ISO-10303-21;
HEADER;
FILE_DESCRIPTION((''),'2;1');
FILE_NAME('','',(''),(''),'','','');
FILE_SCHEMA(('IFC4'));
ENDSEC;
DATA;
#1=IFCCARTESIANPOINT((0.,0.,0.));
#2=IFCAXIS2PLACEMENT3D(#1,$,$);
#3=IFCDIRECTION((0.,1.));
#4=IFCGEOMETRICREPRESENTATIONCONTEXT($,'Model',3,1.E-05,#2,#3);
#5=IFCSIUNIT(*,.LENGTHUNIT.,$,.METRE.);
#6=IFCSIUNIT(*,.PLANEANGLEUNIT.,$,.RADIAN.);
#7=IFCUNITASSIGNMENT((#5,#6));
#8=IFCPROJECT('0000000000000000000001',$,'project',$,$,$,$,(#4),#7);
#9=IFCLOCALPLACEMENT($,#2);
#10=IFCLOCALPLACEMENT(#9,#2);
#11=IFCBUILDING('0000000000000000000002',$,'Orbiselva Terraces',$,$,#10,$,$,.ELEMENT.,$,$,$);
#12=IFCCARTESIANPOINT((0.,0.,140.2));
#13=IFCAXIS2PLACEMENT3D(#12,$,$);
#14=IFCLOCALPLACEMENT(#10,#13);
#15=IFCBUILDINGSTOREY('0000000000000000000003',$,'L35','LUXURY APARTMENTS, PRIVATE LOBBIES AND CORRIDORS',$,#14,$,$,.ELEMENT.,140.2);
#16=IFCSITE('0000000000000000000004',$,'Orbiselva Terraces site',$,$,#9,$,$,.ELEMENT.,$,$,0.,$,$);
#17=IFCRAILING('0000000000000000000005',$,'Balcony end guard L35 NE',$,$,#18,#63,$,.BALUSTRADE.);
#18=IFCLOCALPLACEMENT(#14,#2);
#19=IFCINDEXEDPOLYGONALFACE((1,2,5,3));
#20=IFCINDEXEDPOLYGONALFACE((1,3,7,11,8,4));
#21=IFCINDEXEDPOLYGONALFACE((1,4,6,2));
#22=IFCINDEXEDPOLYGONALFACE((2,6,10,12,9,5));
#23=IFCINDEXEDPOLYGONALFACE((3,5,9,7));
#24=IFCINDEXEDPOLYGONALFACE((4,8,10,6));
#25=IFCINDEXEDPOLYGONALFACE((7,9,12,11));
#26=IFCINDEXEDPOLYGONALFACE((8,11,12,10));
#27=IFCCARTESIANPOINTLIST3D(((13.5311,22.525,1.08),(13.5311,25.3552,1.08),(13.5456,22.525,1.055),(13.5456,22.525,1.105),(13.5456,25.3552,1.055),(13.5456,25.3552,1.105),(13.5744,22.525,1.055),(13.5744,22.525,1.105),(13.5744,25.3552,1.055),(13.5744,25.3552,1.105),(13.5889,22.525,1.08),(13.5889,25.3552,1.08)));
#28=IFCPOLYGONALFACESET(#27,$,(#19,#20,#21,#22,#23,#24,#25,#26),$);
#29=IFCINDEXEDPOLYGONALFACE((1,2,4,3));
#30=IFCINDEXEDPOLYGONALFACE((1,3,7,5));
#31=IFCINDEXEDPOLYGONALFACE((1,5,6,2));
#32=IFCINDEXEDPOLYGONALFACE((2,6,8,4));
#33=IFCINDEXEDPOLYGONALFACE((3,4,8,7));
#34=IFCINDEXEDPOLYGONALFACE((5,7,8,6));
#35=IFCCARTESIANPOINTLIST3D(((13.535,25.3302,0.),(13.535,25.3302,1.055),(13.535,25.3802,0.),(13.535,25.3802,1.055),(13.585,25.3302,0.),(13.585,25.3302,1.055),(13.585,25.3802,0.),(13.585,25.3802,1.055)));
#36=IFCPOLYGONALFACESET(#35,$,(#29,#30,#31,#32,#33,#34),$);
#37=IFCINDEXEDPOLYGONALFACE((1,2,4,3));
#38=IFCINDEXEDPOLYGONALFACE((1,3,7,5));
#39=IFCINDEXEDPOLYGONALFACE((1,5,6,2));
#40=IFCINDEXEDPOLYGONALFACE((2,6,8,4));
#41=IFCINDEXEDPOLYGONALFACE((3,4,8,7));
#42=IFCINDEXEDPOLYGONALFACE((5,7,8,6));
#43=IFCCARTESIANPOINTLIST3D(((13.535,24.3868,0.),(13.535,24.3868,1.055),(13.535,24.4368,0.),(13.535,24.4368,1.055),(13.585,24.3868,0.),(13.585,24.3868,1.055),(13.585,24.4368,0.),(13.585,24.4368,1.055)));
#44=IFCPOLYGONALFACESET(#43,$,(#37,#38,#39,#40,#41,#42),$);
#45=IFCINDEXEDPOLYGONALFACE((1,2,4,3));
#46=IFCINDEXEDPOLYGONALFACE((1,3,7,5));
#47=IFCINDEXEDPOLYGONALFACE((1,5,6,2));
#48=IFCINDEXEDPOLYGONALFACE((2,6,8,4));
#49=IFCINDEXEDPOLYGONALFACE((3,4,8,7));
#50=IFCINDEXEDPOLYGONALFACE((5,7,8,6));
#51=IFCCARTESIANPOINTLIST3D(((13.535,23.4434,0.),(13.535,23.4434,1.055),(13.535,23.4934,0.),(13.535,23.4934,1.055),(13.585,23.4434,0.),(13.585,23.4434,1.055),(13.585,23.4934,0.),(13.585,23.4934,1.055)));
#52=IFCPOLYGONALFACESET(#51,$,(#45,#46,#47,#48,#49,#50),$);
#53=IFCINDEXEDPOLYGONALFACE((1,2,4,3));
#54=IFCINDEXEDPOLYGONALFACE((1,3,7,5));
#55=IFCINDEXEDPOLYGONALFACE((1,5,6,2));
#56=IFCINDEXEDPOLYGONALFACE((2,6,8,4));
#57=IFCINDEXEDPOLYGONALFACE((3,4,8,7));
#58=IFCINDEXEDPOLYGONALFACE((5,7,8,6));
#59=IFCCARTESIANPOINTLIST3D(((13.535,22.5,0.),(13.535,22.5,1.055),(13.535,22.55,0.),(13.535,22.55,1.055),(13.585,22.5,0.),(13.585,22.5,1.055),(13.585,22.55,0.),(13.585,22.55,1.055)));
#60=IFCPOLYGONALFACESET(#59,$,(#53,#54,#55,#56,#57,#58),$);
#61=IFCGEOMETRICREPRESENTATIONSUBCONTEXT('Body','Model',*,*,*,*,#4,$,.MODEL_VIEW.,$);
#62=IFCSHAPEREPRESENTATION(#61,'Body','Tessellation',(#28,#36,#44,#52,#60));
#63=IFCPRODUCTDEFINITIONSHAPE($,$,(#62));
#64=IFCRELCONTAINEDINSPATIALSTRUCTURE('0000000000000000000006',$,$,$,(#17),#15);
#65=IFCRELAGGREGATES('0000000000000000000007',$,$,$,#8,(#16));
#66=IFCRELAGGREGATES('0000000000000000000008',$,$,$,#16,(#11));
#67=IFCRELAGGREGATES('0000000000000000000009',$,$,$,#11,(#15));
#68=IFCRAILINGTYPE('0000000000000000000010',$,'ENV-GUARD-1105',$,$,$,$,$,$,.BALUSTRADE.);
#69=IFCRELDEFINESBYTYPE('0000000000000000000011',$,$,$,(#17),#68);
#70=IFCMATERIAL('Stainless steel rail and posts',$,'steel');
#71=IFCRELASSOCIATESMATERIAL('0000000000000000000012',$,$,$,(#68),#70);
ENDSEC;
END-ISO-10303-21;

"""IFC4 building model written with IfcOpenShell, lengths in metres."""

from ifc_helpers import new_model, si_unit, direction, frame, origin, origin_2d, place, context, subcontext, project, spatial, polyline, rectangle, outline, extrude, material, type_object, element, save


model = new_model("IFC4")

# Units and contexts
model_context = context("Model", 3, precision=1e-05, world=origin(), true_north=direction((0.0, 1.0)))
body_context = subcontext(model_context, "Body", "Model", "MODEL_VIEW")
ifc_project = project(units=[si_unit("LENGTHUNIT", "METRE"), si_unit("PLANEANGLEUNIT", "RADIAN")], contexts=[model_context])

# Site, building, storey
site_placement = place(None, origin())
site = spatial("IfcSite", under=ifc_project, at=site_placement, Name="Orbiselva Terraces site", CompositionType="ELEMENT", RefElevation=0.0)
building_placement = place(site_placement, origin())
building = spatial("IfcBuilding", under=site, at=building_placement, Name="Orbiselva Terraces", CompositionType="ELEMENT")
storey_placement = place(building_placement, frame((0.0, 0.0, 140.2)))
storey = spatial("IfcBuildingStorey", under=building, at=storey_placement, Name="L35", Description="LUXURY APARTMENTS, PRIVATE LOBBIES AND CORRIDORS", CompositionType="ELEMENT", Elevation=140.2)

# Railing
ifc_material_1 = material(Name="Stainless steel rail and posts", Category="steel")
railing_type_1 = type_object("IfcRailingType", Name="ENV-GUARD-1105", PredefinedType="BALUSTRADE", material=ifc_material_1)
railing_1_placement = place(storey_placement, frame((13.56, 25.3552, 0.0)))
element("IfcRailing", 1, at=railing_1_placement, inside=storey, type_object=railing_type_1, Name="Balcony end guard L35 NE", PredefinedType="BALUSTRADE", context=body_context, shape_type="SweptSolid", body=[
    extrude(outline(polyline([(0.0289, 0.0), (0.0144, 0.025), (-0.0144, 0.025), (-0.0289, 0.0), (-0.0144, -0.025), (0.0144, -0.025), (0.0289, 0.0)])), frame((0.0, 0.0, 1.08), z_axis=(0.0, -1.0, 0.0), x_axis=(1.0, 0.0, 0.0)), (0.0, 0.0, 1.0), 2.8302),
    extrude(rectangle(XDim=0.05, YDim=0.05, at=origin_2d()), origin(), (0.0, 0.0, 1.0), 1.055),
    extrude(rectangle(XDim=0.05, YDim=0.05, at=origin_2d()), frame((0.0, -0.9434, 0.0)), (0.0, 0.0, 1.0), 1.055),
    extrude(rectangle(XDim=0.05, YDim=0.05, at=origin_2d()), frame((0.0, -1.8868, 0.0)), (0.0, 0.0, 1.0), 1.055),
    extrude(rectangle(XDim=0.05, YDim=0.05, at=origin_2d()), frame((0.0, -2.8302, 0.0)), (0.0, 0.0, 1.0), 1.055),
])

save(model, "model.ifc")
